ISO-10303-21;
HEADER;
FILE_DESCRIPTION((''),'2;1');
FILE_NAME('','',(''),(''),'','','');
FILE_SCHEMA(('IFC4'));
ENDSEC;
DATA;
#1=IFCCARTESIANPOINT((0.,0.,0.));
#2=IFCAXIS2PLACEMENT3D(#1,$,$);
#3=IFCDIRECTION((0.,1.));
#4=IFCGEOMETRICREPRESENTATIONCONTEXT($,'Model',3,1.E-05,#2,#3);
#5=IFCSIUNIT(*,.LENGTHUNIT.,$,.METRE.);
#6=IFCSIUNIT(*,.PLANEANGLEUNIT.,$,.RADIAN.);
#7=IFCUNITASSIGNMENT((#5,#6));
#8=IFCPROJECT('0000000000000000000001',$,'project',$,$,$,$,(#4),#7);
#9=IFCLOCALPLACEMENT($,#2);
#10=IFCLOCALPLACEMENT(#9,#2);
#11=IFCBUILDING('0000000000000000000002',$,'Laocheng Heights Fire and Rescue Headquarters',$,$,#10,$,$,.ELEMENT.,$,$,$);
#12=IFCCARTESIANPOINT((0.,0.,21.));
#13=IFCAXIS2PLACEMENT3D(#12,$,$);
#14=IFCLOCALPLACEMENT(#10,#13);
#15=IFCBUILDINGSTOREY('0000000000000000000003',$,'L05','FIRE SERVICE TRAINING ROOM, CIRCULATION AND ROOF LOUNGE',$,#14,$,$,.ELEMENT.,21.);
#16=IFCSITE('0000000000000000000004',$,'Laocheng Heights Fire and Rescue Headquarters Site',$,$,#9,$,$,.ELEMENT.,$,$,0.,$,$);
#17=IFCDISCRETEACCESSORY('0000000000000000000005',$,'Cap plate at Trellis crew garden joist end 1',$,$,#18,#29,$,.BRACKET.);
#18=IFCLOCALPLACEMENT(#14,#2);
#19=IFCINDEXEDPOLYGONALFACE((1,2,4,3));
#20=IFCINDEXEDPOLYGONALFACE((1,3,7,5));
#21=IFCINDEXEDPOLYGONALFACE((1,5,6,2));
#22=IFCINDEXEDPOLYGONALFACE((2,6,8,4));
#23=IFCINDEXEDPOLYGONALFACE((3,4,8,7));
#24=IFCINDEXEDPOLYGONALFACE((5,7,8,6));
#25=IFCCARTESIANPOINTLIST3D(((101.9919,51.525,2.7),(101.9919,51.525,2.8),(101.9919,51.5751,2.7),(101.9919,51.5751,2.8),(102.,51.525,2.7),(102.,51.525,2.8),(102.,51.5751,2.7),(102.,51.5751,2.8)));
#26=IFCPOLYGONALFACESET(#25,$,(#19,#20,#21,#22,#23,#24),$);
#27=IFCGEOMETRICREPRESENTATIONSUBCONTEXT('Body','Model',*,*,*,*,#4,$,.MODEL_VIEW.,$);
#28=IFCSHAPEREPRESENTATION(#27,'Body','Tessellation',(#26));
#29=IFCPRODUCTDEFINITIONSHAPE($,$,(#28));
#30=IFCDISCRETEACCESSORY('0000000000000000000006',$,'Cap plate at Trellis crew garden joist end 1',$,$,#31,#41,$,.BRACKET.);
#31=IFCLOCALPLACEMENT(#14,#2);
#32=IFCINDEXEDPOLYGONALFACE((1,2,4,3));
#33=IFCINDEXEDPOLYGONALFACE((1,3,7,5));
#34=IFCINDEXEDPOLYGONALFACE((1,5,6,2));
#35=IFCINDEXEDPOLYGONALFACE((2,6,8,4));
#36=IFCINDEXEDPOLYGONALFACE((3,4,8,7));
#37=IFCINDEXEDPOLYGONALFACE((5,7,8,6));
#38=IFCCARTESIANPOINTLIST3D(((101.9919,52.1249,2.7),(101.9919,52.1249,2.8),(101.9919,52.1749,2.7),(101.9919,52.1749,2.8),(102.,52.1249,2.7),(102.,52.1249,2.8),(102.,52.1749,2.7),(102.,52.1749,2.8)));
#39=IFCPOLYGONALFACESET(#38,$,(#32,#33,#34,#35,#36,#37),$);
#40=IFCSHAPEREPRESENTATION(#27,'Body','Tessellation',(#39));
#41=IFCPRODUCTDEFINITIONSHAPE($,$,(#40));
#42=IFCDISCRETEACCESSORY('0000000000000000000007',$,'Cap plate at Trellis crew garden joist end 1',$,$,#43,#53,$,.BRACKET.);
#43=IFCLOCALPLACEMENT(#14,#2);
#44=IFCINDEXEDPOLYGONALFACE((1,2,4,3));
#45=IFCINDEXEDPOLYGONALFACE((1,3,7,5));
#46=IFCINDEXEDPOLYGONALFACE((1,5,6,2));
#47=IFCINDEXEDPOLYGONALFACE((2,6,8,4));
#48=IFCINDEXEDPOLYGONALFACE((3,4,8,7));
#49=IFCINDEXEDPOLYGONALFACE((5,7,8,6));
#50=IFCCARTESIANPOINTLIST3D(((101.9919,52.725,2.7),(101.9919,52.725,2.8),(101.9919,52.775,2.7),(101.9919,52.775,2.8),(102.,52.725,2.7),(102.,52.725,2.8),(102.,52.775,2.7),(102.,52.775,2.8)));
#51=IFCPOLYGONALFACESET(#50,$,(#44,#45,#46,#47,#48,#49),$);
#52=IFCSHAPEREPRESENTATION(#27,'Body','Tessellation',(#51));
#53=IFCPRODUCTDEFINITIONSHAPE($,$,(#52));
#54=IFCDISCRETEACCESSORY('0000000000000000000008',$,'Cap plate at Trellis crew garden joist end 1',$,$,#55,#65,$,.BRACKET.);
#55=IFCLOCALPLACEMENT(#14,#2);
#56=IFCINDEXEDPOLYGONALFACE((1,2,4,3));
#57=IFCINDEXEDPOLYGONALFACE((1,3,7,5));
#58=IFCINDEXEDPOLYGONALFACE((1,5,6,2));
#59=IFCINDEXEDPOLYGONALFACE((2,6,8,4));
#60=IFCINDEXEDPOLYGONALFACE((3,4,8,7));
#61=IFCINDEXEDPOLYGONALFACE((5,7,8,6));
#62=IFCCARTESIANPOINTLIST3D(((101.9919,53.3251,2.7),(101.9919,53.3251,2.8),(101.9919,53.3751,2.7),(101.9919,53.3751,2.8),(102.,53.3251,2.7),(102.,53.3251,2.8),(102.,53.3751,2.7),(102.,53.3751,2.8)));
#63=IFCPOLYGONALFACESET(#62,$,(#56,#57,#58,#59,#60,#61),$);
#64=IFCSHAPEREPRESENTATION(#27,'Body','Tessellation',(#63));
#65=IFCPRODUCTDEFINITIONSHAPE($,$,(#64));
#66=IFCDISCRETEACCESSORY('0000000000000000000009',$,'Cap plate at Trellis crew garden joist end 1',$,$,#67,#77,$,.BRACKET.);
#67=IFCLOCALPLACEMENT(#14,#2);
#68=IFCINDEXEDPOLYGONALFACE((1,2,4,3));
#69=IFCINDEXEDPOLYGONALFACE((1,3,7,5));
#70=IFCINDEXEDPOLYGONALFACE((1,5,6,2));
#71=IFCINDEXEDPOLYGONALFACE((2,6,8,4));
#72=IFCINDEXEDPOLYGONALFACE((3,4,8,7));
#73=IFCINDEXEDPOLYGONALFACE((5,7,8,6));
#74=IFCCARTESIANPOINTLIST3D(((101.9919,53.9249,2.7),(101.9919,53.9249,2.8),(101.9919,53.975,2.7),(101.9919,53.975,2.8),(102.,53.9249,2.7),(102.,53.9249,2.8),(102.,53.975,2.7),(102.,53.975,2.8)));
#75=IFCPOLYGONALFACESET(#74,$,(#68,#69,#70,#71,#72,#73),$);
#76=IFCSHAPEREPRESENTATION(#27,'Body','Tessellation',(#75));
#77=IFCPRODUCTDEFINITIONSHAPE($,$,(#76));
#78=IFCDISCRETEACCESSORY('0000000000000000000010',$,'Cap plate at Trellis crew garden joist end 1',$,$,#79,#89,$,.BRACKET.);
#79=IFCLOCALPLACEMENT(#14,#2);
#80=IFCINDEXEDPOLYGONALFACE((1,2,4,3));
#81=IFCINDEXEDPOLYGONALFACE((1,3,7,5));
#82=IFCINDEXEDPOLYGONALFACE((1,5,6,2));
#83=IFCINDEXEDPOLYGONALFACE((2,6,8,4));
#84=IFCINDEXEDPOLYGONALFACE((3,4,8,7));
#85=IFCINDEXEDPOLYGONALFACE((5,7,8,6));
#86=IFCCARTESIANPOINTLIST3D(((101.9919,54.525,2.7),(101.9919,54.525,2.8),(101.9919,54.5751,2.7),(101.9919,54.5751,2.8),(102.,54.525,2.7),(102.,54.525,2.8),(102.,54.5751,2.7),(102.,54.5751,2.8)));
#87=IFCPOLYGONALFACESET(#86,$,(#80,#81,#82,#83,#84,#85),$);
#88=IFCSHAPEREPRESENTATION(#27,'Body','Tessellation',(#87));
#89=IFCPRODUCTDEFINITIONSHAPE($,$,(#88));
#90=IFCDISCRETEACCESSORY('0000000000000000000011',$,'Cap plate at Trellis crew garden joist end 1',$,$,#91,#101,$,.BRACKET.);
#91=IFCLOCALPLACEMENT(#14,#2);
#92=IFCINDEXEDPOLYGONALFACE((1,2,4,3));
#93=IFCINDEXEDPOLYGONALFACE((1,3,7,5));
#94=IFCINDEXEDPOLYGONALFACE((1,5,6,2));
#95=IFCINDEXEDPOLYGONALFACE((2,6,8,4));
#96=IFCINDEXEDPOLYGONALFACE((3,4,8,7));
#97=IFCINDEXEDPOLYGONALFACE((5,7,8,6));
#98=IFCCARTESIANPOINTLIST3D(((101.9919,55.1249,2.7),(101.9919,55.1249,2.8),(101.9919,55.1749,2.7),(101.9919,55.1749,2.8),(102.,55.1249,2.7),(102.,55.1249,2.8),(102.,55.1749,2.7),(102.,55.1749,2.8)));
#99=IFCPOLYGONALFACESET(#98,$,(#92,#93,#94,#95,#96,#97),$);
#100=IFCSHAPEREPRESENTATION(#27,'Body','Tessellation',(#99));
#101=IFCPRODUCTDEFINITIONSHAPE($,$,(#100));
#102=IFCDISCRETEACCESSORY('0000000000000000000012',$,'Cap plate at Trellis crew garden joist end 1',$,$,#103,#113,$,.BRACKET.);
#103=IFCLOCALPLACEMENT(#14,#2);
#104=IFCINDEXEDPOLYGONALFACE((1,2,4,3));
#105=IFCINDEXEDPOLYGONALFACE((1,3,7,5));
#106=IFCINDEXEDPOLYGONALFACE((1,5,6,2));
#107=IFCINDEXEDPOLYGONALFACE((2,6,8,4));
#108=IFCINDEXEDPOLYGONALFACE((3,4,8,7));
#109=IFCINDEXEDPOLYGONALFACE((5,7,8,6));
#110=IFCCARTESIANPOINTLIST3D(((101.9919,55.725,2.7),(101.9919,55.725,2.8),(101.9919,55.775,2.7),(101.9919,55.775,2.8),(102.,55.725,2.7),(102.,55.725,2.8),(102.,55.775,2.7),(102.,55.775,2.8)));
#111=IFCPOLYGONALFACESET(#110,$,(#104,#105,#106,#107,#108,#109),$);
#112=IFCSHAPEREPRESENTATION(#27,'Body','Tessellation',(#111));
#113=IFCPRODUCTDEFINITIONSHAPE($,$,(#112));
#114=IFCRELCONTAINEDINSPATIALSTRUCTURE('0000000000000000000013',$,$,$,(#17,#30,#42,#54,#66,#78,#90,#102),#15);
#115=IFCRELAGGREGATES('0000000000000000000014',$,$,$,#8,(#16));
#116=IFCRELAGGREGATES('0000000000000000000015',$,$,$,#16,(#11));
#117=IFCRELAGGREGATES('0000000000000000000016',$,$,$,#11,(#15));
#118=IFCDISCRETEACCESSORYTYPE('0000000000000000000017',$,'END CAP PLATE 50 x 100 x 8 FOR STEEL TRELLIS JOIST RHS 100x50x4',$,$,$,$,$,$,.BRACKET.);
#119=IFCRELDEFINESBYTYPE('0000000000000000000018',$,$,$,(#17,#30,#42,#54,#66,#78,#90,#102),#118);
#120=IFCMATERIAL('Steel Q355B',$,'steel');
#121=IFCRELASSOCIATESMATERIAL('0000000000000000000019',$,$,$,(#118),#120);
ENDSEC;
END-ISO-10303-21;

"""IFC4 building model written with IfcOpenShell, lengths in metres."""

from ifc_helpers import new_model, si_unit, direction, frame, origin, origin_2d, place, context, subcontext, project, spatial, rectangle, extrude, material, material_profile, profile_set, type_object, element, save


model = new_model("IFC4")

# Units and contexts
model_context = context("Model", 3, precision=1e-05, world=origin(), true_north=direction((0.0, 1.0)))
body_context = subcontext(model_context, "Body", "Model", "MODEL_VIEW")
ifc_project = project(units=[si_unit("LENGTHUNIT", "METRE"), si_unit("PLANEANGLEUNIT", "RADIAN")], contexts=[model_context])

# Site, building, storey
site_placement = place(None, origin())
site = spatial("IfcSite", under=ifc_project, at=site_placement, Name="Laocheng Heights Fire and Rescue Headquarters Site", CompositionType="ELEMENT", RefElevation=0.0)
building_placement = place(site_placement, origin())
building = spatial("IfcBuilding", under=site, at=building_placement, Name="Laocheng Heights Fire and Rescue Headquarters", CompositionType="ELEMENT")
storey_placement = place(building_placement, frame((0.0, 0.0, 21.0)))
storey = spatial("IfcBuildingStorey", under=building, at=storey_placement, Name="L05", Description="FIRE SERVICE TRAINING ROOM, CIRCULATION AND ROOF LOUNGE", CompositionType="ELEMENT", Elevation=21.0)

# Discrete accessories
ifc_material_1 = material(Name="Steel Q355B", Category="steel")
ifc_material_profile_1 = material_profile(ifc_material_1, rectangle(XDim=0.05, YDim=0.1001, at=origin_2d()), Name="END CAP PLATE 50 x 100 x 8 FOR STEEL TRELLIS JOIST RHS 100x50x4")
ifc_profile_set_1 = profile_set([ifc_material_profile_1], Name="Steel Q355B")
discrete_accessory_type = type_object("IfcDiscreteAccessoryType", Name="END CAP PLATE 50 x 100 x 8 FOR STEEL TRELLIS JOIST RHS 100x50x4", PredefinedType="BRACKET", material=ifc_profile_set_1)
for number, where, z_axis, x_axis, name in (
    (1, (101.9919, 51.55, 2.75), (1.0, 0.0, 0.0), (0.0, 1.0, 0.0), "Cap plate at Trellis crew garden joist end 1"),
    (2, (101.9919, 52.1499, 2.75), (1.0, 0.0, 0.0), (0.0, 1.0, 0.0), "Cap plate at Trellis crew garden joist end 1"),
    (3, (101.9919, 52.75, 2.75), (1.0, 0.0, 0.0), (0.0, 1.0, 0.0), "Cap plate at Trellis crew garden joist end 1"),
    (4, (101.9919, 53.3501, 2.75), (1.0, 0.0, 0.0), (0.0, 1.0, 0.0), "Cap plate at Trellis crew garden joist end 1"),
    (5, (101.9919, 53.95, 2.75), (1.0, 0.0, 0.0), (0.0, 1.0, 0.0), "Cap plate at Trellis crew garden joist end 1"),
    (6, (101.9919, 54.55, 2.75), (1.0, 0.0, 0.0), (0.0, 1.0, 0.0), "Cap plate at Trellis crew garden joist end 1"),
    (7, (101.9919, 55.1499, 2.75), (1.0, 0.0, 0.0), (0.0, 1.0, 0.0), "Cap plate at Trellis crew garden joist end 1"),
    (8, (101.9919, 55.75, 2.75), (1.0, 0.0, 0.0), (0.0, 1.0, 0.0), "Cap plate at Trellis crew garden joist end 1"),
):
    element("IfcDiscreteAccessory", number, at=place(storey_placement, frame(where, z_axis=z_axis, x_axis=x_axis)), inside=storey, type_object=discrete_accessory_type, Name=name, PredefinedType="BRACKET", context=body_context, shape_type="SweptSolid", body=[
        extrude(rectangle(XDim=0.05, YDim=0.1001, at=origin_2d()), origin(), (0.0, 0.0, 1.0), 0.0081),
    ])

save(model, "model.ifc")
